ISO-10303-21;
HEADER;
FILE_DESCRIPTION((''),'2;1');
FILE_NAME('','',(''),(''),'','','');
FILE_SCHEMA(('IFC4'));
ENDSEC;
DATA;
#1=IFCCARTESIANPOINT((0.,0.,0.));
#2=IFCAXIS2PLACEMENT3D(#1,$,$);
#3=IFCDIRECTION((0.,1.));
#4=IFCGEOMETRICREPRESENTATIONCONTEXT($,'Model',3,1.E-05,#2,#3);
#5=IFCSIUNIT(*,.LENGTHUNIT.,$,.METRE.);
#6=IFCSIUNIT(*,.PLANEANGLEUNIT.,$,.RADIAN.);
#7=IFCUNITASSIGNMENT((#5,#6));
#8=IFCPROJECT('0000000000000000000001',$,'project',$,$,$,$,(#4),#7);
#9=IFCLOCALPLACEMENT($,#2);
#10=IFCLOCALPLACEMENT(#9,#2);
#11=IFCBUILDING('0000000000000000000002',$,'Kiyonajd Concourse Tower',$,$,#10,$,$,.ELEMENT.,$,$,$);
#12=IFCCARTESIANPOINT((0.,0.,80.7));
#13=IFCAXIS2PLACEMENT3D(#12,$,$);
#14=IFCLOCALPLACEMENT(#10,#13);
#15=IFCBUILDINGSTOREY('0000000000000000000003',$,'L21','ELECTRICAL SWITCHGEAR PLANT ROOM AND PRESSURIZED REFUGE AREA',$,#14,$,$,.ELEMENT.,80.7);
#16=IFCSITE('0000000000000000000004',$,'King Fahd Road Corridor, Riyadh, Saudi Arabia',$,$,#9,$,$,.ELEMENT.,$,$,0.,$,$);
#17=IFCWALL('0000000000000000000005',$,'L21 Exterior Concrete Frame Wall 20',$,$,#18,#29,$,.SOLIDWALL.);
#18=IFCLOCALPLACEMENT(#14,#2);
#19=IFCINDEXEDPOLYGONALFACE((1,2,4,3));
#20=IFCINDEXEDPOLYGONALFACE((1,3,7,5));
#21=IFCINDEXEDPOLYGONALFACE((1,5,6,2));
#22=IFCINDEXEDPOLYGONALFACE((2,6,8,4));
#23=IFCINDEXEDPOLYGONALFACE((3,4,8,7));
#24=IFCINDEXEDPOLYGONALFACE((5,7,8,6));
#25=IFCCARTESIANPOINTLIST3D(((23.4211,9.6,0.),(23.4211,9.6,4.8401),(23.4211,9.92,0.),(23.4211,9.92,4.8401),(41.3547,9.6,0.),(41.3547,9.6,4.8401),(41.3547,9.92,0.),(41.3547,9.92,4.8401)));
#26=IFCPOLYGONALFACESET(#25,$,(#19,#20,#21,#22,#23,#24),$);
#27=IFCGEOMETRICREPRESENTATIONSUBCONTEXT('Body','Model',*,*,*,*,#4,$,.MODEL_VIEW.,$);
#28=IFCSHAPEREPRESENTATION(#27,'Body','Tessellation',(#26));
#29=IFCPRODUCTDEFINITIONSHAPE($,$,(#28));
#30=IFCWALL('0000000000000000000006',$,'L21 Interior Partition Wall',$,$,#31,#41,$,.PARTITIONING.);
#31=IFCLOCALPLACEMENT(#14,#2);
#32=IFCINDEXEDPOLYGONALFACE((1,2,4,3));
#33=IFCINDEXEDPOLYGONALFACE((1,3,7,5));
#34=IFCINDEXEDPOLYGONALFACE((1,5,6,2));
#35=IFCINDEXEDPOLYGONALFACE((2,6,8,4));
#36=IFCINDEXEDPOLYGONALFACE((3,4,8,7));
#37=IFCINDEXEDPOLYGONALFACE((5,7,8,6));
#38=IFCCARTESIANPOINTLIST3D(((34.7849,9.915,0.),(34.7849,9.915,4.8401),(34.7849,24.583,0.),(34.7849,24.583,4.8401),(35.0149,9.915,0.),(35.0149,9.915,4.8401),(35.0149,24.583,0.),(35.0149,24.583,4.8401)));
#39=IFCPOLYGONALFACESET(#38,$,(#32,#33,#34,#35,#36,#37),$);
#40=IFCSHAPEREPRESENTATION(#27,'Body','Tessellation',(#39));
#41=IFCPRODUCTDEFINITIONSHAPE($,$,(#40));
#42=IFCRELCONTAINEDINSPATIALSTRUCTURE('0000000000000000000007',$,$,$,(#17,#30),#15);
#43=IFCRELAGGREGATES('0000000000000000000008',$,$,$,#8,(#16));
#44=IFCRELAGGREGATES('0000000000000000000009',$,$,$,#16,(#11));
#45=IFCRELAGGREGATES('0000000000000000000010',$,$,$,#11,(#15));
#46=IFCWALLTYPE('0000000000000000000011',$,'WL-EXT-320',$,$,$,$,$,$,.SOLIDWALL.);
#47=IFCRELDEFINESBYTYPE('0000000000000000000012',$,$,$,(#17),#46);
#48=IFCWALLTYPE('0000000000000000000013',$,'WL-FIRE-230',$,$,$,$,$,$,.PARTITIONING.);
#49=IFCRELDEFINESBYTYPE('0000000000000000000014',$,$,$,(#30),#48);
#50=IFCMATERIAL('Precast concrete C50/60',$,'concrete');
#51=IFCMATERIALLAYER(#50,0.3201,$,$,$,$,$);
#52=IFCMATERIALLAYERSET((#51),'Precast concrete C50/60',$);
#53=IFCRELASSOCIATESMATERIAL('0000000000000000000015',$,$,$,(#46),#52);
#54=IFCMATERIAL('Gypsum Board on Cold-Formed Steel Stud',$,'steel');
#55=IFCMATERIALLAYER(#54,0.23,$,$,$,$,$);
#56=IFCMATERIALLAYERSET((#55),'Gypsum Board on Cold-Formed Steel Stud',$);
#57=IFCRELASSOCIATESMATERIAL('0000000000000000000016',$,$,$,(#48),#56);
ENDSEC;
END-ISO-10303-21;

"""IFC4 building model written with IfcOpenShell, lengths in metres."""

from ifc_helpers import new_model, si_unit, direction, frame, frame_2d, origin, place, context, subcontext, project, spatial, rectangle, extrude, material, layer, layer_set, type_object, element, save


model = new_model("IFC4")

# Units and contexts
model_context = context("Model", 3, precision=1e-05, world=origin(), true_north=direction((0.0, 1.0)))
body_context = subcontext(model_context, "Body", "Model", "MODEL_VIEW")
ifc_project = project(units=[si_unit("LENGTHUNIT", "METRE"), si_unit("PLANEANGLEUNIT", "RADIAN")], contexts=[model_context])

# Site, building, storey
site_placement = place(None, origin())
site = spatial("IfcSite", under=ifc_project, at=site_placement, Name="King Fahd Road Corridor, Riyadh, Saudi Arabia", CompositionType="ELEMENT", RefElevation=0.0)
building_placement = place(site_placement, origin())
building = spatial("IfcBuilding", under=site, at=building_placement, Name="Kiyonajd Concourse Tower", CompositionType="ELEMENT")
storey_placement = place(building_placement, frame((0.0, 0.0, 80.7)))
storey = spatial("IfcBuildingStorey", under=building, at=storey_placement, Name="L21", Description="ELECTRICAL SWITCHGEAR PLANT ROOM AND PRESSURIZED REFUGE AREA", CompositionType="ELEMENT", Elevation=80.7)

# Walls
ifc_material_1 = material(Name="Precast concrete C50/60", Category="concrete")
ifc_layer_1 = layer(ifc_material_1, 0.3201)
ifc_layer_set_1 = layer_set([ifc_layer_1], Name="Precast concrete C50/60")
wall_type_1 = type_object("IfcWallType", Name="WL-EXT-320", PredefinedType="SOLIDWALL", material=ifc_layer_set_1)
wall_1_placement = place(storey_placement, frame((41.3547, 9.76, 0.0), z_axis=(0.0, 0.0, 1.0), x_axis=(-1.0, 0.0, 0.0)))
element("IfcWall", 1, at=wall_1_placement, inside=storey, type_object=wall_type_1, Name="L21 Exterior Concrete Frame Wall 20", PredefinedType="SOLIDWALL", context=body_context, shape_type="SweptSolid", body=[
    extrude(rectangle(XDim=17.9336, YDim=0.3201, at=frame_2d((8.9668, 0.0))), origin(), (0.0, 0.0, 1.0), 4.8401),
])
ifc_material_2 = material(Name="Gypsum Board on Cold-Formed Steel Stud", Category="steel")
ifc_layer_2 = layer(ifc_material_2, 0.23)
ifc_layer_set_2 = layer_set([ifc_layer_2], Name="Gypsum Board on Cold-Formed Steel Stud")
wall_type_2 = type_object("IfcWallType", Name="WL-FIRE-230", PredefinedType="PARTITIONING", material=ifc_layer_set_2)
wall_2_placement = place(storey_placement, frame((34.8999, 9.915, 0.0), z_axis=(0.0, 0.0, 1.0), x_axis=(0.0, 1.0, 0.0)))
element("IfcWall", 2, at=wall_2_placement, inside=storey, type_object=wall_type_2, Name="L21 Interior Partition Wall", PredefinedType="PARTITIONING", context=body_context, shape_type="SweptSolid", body=[
    extrude(rectangle(XDim=14.668, YDim=0.23, at=frame_2d((7.334, 0.0))), origin(), (0.0, 0.0, 1.0), 4.8401),
])

save(model, "model.ifc")
